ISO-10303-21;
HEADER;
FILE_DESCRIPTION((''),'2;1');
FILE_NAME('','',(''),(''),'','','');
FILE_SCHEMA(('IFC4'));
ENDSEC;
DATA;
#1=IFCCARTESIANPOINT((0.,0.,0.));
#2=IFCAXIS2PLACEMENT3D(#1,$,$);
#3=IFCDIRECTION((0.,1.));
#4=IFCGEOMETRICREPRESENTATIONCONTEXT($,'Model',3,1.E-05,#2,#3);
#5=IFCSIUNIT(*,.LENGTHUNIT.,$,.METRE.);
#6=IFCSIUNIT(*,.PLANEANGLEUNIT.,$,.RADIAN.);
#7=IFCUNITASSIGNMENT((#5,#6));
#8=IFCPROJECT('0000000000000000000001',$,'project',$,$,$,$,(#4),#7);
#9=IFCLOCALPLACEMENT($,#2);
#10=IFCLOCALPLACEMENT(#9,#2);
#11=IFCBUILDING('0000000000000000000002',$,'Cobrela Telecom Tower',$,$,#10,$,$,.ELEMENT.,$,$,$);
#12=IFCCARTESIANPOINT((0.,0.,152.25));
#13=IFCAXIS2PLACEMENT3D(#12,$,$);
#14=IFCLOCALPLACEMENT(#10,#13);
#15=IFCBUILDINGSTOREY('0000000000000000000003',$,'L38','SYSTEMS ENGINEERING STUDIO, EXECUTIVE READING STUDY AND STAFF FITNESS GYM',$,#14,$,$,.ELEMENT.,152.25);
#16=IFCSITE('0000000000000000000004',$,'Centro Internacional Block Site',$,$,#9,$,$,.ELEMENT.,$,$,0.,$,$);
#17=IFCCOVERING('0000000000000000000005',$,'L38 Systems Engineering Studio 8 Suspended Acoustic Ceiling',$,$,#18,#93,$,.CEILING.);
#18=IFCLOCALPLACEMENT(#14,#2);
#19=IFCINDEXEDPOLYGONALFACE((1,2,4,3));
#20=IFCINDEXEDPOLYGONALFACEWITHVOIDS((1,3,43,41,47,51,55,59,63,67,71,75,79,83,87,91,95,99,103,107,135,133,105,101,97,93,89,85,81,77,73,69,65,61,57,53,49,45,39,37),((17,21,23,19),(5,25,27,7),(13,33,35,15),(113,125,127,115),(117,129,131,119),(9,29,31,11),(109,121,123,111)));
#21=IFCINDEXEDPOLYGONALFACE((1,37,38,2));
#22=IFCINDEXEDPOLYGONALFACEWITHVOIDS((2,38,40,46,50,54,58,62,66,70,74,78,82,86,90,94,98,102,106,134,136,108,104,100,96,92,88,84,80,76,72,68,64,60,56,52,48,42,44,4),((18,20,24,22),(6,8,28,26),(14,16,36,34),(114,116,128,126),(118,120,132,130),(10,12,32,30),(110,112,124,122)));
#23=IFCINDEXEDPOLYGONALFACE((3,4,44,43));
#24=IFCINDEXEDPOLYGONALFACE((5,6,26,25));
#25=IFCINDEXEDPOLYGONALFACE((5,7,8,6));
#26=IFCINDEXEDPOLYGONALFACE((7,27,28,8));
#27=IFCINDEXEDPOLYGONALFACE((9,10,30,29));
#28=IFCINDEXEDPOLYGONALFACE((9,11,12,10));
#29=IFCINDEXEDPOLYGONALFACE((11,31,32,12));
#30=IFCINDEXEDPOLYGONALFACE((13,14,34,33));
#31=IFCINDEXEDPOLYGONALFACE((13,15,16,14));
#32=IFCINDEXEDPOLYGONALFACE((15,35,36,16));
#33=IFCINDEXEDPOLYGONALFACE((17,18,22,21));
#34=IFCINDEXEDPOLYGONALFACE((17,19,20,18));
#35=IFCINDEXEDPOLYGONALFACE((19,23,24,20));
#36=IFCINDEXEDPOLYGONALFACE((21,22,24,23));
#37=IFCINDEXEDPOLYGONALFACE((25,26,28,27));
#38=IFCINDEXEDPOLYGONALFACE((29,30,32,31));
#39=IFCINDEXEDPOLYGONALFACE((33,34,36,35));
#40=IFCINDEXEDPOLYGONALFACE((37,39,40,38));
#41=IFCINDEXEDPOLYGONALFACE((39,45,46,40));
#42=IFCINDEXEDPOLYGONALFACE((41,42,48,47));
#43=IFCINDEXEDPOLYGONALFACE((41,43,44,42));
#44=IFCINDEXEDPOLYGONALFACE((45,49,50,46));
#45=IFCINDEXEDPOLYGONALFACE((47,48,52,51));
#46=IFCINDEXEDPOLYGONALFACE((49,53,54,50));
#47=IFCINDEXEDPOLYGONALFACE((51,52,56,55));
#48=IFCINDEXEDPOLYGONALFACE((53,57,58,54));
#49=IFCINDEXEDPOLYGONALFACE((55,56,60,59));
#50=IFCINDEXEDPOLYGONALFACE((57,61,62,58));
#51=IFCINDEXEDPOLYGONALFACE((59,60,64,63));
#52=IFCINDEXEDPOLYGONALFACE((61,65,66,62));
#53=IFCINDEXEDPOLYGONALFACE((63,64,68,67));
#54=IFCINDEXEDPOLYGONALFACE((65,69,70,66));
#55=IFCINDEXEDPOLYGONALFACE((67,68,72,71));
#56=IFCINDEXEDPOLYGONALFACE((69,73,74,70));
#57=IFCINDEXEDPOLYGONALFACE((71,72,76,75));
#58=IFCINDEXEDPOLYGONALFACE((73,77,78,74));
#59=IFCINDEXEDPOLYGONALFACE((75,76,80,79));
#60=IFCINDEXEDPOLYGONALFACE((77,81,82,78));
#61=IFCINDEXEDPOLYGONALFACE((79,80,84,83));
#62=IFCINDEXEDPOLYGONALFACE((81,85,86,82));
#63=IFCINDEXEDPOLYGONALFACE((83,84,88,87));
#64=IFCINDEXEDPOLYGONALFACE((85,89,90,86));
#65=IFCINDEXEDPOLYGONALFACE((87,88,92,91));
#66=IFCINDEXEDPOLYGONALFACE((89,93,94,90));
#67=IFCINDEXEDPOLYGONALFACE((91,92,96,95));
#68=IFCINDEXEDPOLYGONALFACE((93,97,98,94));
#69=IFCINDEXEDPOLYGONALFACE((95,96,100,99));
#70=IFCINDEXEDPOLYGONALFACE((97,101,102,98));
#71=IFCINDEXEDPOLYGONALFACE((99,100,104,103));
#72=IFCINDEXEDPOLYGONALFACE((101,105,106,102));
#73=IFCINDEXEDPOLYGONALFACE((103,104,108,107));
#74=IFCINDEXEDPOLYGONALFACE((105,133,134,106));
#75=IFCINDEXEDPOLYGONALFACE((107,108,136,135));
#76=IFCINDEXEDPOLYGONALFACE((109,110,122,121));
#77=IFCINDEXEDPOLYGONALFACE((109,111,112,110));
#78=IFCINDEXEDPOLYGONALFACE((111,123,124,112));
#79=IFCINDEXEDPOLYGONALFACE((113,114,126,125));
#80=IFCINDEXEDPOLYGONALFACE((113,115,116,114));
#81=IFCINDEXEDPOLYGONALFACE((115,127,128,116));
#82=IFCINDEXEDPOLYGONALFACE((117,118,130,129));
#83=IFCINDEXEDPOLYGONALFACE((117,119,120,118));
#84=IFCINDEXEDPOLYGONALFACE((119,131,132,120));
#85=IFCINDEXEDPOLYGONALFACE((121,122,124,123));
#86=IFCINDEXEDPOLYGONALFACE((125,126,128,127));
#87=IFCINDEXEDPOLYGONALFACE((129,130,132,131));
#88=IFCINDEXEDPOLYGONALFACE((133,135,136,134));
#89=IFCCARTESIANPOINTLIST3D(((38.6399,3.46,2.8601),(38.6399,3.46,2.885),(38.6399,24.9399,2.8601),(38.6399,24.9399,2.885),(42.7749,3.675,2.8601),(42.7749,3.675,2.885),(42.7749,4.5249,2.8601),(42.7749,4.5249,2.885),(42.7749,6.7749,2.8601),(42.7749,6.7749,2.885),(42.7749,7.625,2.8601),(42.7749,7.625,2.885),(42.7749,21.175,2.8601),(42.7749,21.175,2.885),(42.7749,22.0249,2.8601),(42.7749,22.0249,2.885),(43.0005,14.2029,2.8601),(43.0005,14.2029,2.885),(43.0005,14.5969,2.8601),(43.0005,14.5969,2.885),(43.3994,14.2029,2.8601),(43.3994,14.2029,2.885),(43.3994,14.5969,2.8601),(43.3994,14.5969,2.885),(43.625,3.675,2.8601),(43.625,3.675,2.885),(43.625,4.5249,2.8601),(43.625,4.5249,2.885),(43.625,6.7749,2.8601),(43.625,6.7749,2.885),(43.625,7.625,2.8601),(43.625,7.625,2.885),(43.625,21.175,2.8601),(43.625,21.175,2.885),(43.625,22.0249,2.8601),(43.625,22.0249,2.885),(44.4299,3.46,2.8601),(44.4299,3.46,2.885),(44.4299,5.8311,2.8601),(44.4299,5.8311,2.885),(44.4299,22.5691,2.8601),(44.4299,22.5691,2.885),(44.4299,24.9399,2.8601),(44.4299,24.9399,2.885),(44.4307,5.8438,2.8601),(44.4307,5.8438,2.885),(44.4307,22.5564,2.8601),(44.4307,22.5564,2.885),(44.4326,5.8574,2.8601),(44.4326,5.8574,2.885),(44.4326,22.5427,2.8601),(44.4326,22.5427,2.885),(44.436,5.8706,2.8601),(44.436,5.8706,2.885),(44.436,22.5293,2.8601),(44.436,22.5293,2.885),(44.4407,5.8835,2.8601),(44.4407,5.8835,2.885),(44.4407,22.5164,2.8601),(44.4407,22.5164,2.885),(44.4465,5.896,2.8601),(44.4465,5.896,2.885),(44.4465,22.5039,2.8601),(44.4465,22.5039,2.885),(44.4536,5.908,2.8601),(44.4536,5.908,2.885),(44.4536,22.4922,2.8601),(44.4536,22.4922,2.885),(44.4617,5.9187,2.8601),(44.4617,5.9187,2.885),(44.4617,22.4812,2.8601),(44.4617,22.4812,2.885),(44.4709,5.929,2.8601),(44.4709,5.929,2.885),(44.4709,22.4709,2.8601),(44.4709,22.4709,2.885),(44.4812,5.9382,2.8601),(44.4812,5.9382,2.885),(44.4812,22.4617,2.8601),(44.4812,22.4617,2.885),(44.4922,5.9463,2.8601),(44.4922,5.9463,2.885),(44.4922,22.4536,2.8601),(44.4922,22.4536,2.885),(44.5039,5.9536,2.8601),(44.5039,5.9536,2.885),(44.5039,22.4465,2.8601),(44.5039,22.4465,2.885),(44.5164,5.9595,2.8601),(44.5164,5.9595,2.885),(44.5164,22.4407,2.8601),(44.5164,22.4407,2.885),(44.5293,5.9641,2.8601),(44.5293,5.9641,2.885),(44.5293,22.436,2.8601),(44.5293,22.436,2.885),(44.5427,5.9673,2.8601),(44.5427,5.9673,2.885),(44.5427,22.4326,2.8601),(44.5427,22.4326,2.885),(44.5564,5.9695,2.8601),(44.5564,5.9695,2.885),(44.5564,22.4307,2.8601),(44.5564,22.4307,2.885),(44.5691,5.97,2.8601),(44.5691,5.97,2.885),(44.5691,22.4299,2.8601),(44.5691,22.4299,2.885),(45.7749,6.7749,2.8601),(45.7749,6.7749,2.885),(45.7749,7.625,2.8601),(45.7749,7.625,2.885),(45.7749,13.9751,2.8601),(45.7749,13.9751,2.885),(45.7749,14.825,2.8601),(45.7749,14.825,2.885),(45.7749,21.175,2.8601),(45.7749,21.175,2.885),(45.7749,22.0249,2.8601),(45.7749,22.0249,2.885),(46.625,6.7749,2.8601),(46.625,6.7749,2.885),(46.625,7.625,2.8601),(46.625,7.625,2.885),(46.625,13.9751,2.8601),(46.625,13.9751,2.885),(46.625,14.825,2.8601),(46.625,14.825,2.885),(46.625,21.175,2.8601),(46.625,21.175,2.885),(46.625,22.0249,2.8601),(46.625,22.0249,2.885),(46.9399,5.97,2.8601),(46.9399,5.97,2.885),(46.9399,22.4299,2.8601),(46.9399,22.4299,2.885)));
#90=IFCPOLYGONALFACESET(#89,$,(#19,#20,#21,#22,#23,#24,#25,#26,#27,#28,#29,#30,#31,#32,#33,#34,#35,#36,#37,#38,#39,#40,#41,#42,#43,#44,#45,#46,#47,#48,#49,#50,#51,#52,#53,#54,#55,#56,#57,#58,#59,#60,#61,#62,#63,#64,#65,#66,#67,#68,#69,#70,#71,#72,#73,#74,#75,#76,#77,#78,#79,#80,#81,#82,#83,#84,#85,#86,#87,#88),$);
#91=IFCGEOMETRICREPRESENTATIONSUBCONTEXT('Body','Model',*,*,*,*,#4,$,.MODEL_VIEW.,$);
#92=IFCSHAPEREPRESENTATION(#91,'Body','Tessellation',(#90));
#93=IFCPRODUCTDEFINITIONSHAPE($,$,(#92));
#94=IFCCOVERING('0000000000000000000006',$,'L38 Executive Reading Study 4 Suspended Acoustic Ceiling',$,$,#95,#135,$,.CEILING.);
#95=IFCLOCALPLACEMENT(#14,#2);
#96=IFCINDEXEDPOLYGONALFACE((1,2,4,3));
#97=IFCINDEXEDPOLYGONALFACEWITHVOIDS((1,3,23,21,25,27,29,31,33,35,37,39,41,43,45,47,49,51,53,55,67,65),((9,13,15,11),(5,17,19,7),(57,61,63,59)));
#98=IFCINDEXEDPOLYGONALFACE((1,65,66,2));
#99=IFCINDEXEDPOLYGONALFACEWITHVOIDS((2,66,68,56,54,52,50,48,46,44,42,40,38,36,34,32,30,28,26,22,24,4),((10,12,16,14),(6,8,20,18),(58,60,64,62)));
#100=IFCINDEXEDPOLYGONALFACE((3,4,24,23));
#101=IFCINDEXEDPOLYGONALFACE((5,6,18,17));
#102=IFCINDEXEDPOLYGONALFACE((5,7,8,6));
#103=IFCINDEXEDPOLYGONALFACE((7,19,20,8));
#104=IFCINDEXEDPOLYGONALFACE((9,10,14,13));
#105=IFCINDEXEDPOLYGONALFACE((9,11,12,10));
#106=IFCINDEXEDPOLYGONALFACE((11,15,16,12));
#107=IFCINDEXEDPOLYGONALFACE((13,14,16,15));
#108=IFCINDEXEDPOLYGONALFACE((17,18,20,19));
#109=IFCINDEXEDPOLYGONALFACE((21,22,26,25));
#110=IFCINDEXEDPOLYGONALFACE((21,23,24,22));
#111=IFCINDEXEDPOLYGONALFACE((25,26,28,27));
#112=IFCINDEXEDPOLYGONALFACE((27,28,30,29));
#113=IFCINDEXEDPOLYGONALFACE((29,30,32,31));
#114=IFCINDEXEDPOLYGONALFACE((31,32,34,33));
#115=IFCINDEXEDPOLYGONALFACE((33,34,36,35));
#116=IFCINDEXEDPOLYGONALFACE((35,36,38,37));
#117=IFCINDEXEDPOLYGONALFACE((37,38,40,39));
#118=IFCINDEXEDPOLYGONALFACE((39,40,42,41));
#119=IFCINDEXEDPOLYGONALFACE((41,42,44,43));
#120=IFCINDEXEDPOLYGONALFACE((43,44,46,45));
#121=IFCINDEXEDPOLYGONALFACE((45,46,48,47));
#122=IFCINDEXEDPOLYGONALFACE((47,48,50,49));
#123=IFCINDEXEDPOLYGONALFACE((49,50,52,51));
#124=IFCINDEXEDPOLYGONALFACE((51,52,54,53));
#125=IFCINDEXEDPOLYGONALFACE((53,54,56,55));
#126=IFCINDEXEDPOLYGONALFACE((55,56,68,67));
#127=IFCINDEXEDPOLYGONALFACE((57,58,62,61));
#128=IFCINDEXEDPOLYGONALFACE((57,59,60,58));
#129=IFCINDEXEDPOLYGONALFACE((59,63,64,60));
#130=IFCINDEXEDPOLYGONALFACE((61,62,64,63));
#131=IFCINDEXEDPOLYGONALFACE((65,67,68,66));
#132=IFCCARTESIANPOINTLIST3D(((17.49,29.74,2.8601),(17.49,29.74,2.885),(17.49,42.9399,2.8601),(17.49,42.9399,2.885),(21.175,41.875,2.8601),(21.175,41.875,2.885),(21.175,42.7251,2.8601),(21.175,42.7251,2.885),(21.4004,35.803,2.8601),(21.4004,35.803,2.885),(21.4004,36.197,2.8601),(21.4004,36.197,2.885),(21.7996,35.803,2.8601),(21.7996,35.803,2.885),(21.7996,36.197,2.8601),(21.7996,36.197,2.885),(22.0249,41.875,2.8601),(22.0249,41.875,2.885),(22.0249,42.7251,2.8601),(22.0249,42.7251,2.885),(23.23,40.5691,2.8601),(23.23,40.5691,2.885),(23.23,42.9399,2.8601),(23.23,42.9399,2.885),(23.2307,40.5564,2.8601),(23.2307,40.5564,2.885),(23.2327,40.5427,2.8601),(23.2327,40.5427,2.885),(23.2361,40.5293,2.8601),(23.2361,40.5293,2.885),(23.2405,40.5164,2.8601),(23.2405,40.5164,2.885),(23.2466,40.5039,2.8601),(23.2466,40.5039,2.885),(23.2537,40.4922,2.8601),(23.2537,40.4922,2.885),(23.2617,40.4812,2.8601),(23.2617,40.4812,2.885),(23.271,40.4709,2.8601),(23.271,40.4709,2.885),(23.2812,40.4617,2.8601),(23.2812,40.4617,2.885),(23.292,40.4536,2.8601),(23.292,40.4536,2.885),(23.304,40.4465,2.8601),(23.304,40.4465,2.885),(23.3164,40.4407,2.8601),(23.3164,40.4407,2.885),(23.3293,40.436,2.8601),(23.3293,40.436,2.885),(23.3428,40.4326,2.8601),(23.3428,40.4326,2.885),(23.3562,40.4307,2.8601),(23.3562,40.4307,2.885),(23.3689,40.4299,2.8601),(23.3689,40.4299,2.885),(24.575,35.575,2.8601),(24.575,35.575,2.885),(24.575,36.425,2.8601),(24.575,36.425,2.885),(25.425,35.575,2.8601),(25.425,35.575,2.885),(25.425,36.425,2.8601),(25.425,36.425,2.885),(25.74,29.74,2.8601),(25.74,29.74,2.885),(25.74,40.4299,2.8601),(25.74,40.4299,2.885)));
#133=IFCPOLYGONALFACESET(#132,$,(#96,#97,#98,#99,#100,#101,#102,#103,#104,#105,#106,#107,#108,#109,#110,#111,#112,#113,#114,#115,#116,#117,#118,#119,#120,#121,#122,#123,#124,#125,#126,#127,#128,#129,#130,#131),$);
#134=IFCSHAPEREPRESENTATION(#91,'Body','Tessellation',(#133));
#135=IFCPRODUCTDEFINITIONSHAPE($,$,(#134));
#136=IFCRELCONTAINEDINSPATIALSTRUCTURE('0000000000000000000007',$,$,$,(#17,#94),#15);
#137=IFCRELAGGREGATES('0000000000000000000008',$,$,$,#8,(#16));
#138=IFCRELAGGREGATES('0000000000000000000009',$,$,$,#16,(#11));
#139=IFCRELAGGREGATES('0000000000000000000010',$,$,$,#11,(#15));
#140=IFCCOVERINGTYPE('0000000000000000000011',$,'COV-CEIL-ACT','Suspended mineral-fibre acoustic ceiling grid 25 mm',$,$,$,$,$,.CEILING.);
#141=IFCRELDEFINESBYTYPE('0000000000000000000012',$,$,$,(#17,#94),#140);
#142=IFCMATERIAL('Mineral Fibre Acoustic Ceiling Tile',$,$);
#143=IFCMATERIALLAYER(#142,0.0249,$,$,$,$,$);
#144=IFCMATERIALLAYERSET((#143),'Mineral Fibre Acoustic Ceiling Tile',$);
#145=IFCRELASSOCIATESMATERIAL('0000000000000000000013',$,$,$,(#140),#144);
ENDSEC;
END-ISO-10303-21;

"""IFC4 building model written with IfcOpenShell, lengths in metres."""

from ifc_helpers import new_model, si_unit, direction, frame, origin, place, context, subcontext, project, spatial, polyline, outline, extrude, material, layer, layer_set, type_object, element, save


model = new_model("IFC4")

# Units and contexts
model_context = context("Model", 3, precision=1e-05, world=origin(), true_north=direction((0.0, 1.0)))
body_context = subcontext(model_context, "Body", "Model", "MODEL_VIEW")
ifc_project = project(units=[si_unit("LENGTHUNIT", "METRE"), si_unit("PLANEANGLEUNIT", "RADIAN")], contexts=[model_context])

# Site, building, storey
site_placement = place(None, origin())
site = spatial("IfcSite", under=ifc_project, at=site_placement, Name="Centro Internacional Block Site", CompositionType="ELEMENT", RefElevation=0.0)
building_placement = place(site_placement, origin())
building = spatial("IfcBuilding", under=site, at=building_placement, Name="Cobrela Telecom Tower", CompositionType="ELEMENT")
storey_placement = place(building_placement, frame((0.0, 0.0, 152.25)))
storey = spatial("IfcBuildingStorey", under=building, at=storey_placement, Name="L38", Description="SYSTEMS ENGINEERING STUDIO, EXECUTIVE READING STUDY AND STAFF FITNESS GYM", CompositionType="ELEMENT", Elevation=152.25)

# Coverings
ifc_material_1 = material(Name="Mineral Fibre Acoustic Ceiling Tile")
ifc_layer_1 = layer(ifc_material_1, 0.0249)
ifc_layer_set_1 = layer_set([ifc_layer_1], Name="Mineral Fibre Acoustic Ceiling Tile")
covering_type_1 = type_object("IfcCoveringType", Name="COV-CEIL-ACT", Description="Suspended mineral-fibre acoustic ceiling grid 25 mm", PredefinedType="CEILING", material=ifc_layer_set_1)
covering_1_placement = place(storey_placement, frame((0.0, 0.0, 2.8601)))
element("IfcCovering", 1, at=covering_1_placement, inside=storey, type_object=covering_type_1, Name="L38 Systems Engineering Studio 8 Suspended Acoustic Ceiling", PredefinedType="CEILING", context=body_context, shape_type="SweptSolid", body=[
    extrude(outline(polyline([(44.5427, 5.9673), (44.5293, 5.9641), (44.5164, 5.9595), (44.5039, 5.9536), (44.4922, 5.9463), (44.4812, 5.9382), (44.4709, 5.929), (44.4617, 5.9187), (44.4536, 5.908), (44.4465, 5.896), (44.4407, 5.8835), (44.436, 5.8706), (44.4326, 5.8574), (44.4307, 5.8438), (44.4299, 5.8311), (44.4299, 3.46), (38.6399, 3.46), (38.6399, 24.9399), (44.4299, 24.9399), (44.4299, 22.5691), (44.4307, 22.5564), (44.4326, 22.5427), (44.436, 22.5293), (44.4407, 22.5164), (44.4465, 22.5039), (44.4536, 22.4922), (44.4617, 22.4812), (44.4709, 22.4709), (44.4812, 22.4617), (44.4922, 22.4536), (44.5039, 22.4465), (44.5164, 22.4407), (44.5293, 22.436), (44.5427, 22.4326), (44.5564, 22.4307), (44.5691, 22.4299), (46.9399, 22.4299), (46.9399, 5.97), (44.5691, 5.97), (44.5564, 5.9695), (44.5427, 5.9673)]), holes=[polyline([(43.625, 3.675), (43.625, 4.5249), (42.7749, 4.5249), (42.7749, 3.675), (43.625, 3.675)]), polyline([(43.625, 6.7749), (43.625, 7.625), (42.7749, 7.625), (42.7749, 6.7749), (43.625, 6.7749)]), polyline([(46.625, 6.7749), (46.625, 7.625), (45.7749, 7.625), (45.7749, 6.7749), (46.625, 6.7749)]), polyline([(43.3994, 14.2029), (43.3994, 14.5969), (43.0005, 14.5969), (43.0005, 14.2029), (43.3994, 14.2029)]), polyline([(46.625, 13.9751), (46.625, 14.825), (45.7749, 14.825), (45.7749, 13.9751), (46.625, 13.9751)]), polyline([(43.625, 21.175), (43.625, 22.0249), (42.7749, 22.0249), (42.7749, 21.175), (43.625, 21.175)]), polyline([(46.625, 21.175), (46.625, 22.0249), (45.7749, 22.0249), (45.7749, 21.175), (46.625, 21.175)])]), origin(), (0.0, 0.0, 1.0), 0.0249),
])
covering_2_placement = place(storey_placement, frame((0.0, 0.0, 2.8601)))
element("IfcCovering", 2, at=covering_2_placement, inside=storey, type_object=covering_type_1, Name="L38 Executive Reading Study 4 Suspended Acoustic Ceiling", PredefinedType="CEILING", context=body_context, shape_type="SweptSolid", body=[
    extrude(outline(polyline([(23.23, 42.9399), (23.23, 40.5691), (23.2307, 40.5564), (23.2327, 40.5427), (23.2361, 40.5293), (23.2405, 40.5164), (23.2466, 40.5039), (23.2537, 40.4922), (23.2617, 40.4812), (23.271, 40.4709), (23.2812, 40.4617), (23.292, 40.4536), (23.304, 40.4465), (23.3164, 40.4407), (23.3293, 40.436), (23.3428, 40.4326), (23.3562, 40.4307), (23.3689, 40.4299), (25.74, 40.4299), (25.74, 29.74), (17.49, 29.74), (17.49, 42.9399), (23.23, 42.9399)]), holes=[polyline([(21.7996, 35.803), (21.7996, 36.197), (21.4004, 36.197), (21.4004, 35.803), (21.7996, 35.803)]), polyline([(25.425, 35.575), (25.425, 36.425), (24.575, 36.425), (24.575, 35.575), (25.425, 35.575)]), polyline([(22.0249, 41.875), (22.0249, 42.7251), (21.175, 42.7251), (21.175, 41.875), (22.0249, 41.875)])]), origin(), (0.0, 0.0, 1.0), 0.0249),
])

save(model, "model.ifc")
